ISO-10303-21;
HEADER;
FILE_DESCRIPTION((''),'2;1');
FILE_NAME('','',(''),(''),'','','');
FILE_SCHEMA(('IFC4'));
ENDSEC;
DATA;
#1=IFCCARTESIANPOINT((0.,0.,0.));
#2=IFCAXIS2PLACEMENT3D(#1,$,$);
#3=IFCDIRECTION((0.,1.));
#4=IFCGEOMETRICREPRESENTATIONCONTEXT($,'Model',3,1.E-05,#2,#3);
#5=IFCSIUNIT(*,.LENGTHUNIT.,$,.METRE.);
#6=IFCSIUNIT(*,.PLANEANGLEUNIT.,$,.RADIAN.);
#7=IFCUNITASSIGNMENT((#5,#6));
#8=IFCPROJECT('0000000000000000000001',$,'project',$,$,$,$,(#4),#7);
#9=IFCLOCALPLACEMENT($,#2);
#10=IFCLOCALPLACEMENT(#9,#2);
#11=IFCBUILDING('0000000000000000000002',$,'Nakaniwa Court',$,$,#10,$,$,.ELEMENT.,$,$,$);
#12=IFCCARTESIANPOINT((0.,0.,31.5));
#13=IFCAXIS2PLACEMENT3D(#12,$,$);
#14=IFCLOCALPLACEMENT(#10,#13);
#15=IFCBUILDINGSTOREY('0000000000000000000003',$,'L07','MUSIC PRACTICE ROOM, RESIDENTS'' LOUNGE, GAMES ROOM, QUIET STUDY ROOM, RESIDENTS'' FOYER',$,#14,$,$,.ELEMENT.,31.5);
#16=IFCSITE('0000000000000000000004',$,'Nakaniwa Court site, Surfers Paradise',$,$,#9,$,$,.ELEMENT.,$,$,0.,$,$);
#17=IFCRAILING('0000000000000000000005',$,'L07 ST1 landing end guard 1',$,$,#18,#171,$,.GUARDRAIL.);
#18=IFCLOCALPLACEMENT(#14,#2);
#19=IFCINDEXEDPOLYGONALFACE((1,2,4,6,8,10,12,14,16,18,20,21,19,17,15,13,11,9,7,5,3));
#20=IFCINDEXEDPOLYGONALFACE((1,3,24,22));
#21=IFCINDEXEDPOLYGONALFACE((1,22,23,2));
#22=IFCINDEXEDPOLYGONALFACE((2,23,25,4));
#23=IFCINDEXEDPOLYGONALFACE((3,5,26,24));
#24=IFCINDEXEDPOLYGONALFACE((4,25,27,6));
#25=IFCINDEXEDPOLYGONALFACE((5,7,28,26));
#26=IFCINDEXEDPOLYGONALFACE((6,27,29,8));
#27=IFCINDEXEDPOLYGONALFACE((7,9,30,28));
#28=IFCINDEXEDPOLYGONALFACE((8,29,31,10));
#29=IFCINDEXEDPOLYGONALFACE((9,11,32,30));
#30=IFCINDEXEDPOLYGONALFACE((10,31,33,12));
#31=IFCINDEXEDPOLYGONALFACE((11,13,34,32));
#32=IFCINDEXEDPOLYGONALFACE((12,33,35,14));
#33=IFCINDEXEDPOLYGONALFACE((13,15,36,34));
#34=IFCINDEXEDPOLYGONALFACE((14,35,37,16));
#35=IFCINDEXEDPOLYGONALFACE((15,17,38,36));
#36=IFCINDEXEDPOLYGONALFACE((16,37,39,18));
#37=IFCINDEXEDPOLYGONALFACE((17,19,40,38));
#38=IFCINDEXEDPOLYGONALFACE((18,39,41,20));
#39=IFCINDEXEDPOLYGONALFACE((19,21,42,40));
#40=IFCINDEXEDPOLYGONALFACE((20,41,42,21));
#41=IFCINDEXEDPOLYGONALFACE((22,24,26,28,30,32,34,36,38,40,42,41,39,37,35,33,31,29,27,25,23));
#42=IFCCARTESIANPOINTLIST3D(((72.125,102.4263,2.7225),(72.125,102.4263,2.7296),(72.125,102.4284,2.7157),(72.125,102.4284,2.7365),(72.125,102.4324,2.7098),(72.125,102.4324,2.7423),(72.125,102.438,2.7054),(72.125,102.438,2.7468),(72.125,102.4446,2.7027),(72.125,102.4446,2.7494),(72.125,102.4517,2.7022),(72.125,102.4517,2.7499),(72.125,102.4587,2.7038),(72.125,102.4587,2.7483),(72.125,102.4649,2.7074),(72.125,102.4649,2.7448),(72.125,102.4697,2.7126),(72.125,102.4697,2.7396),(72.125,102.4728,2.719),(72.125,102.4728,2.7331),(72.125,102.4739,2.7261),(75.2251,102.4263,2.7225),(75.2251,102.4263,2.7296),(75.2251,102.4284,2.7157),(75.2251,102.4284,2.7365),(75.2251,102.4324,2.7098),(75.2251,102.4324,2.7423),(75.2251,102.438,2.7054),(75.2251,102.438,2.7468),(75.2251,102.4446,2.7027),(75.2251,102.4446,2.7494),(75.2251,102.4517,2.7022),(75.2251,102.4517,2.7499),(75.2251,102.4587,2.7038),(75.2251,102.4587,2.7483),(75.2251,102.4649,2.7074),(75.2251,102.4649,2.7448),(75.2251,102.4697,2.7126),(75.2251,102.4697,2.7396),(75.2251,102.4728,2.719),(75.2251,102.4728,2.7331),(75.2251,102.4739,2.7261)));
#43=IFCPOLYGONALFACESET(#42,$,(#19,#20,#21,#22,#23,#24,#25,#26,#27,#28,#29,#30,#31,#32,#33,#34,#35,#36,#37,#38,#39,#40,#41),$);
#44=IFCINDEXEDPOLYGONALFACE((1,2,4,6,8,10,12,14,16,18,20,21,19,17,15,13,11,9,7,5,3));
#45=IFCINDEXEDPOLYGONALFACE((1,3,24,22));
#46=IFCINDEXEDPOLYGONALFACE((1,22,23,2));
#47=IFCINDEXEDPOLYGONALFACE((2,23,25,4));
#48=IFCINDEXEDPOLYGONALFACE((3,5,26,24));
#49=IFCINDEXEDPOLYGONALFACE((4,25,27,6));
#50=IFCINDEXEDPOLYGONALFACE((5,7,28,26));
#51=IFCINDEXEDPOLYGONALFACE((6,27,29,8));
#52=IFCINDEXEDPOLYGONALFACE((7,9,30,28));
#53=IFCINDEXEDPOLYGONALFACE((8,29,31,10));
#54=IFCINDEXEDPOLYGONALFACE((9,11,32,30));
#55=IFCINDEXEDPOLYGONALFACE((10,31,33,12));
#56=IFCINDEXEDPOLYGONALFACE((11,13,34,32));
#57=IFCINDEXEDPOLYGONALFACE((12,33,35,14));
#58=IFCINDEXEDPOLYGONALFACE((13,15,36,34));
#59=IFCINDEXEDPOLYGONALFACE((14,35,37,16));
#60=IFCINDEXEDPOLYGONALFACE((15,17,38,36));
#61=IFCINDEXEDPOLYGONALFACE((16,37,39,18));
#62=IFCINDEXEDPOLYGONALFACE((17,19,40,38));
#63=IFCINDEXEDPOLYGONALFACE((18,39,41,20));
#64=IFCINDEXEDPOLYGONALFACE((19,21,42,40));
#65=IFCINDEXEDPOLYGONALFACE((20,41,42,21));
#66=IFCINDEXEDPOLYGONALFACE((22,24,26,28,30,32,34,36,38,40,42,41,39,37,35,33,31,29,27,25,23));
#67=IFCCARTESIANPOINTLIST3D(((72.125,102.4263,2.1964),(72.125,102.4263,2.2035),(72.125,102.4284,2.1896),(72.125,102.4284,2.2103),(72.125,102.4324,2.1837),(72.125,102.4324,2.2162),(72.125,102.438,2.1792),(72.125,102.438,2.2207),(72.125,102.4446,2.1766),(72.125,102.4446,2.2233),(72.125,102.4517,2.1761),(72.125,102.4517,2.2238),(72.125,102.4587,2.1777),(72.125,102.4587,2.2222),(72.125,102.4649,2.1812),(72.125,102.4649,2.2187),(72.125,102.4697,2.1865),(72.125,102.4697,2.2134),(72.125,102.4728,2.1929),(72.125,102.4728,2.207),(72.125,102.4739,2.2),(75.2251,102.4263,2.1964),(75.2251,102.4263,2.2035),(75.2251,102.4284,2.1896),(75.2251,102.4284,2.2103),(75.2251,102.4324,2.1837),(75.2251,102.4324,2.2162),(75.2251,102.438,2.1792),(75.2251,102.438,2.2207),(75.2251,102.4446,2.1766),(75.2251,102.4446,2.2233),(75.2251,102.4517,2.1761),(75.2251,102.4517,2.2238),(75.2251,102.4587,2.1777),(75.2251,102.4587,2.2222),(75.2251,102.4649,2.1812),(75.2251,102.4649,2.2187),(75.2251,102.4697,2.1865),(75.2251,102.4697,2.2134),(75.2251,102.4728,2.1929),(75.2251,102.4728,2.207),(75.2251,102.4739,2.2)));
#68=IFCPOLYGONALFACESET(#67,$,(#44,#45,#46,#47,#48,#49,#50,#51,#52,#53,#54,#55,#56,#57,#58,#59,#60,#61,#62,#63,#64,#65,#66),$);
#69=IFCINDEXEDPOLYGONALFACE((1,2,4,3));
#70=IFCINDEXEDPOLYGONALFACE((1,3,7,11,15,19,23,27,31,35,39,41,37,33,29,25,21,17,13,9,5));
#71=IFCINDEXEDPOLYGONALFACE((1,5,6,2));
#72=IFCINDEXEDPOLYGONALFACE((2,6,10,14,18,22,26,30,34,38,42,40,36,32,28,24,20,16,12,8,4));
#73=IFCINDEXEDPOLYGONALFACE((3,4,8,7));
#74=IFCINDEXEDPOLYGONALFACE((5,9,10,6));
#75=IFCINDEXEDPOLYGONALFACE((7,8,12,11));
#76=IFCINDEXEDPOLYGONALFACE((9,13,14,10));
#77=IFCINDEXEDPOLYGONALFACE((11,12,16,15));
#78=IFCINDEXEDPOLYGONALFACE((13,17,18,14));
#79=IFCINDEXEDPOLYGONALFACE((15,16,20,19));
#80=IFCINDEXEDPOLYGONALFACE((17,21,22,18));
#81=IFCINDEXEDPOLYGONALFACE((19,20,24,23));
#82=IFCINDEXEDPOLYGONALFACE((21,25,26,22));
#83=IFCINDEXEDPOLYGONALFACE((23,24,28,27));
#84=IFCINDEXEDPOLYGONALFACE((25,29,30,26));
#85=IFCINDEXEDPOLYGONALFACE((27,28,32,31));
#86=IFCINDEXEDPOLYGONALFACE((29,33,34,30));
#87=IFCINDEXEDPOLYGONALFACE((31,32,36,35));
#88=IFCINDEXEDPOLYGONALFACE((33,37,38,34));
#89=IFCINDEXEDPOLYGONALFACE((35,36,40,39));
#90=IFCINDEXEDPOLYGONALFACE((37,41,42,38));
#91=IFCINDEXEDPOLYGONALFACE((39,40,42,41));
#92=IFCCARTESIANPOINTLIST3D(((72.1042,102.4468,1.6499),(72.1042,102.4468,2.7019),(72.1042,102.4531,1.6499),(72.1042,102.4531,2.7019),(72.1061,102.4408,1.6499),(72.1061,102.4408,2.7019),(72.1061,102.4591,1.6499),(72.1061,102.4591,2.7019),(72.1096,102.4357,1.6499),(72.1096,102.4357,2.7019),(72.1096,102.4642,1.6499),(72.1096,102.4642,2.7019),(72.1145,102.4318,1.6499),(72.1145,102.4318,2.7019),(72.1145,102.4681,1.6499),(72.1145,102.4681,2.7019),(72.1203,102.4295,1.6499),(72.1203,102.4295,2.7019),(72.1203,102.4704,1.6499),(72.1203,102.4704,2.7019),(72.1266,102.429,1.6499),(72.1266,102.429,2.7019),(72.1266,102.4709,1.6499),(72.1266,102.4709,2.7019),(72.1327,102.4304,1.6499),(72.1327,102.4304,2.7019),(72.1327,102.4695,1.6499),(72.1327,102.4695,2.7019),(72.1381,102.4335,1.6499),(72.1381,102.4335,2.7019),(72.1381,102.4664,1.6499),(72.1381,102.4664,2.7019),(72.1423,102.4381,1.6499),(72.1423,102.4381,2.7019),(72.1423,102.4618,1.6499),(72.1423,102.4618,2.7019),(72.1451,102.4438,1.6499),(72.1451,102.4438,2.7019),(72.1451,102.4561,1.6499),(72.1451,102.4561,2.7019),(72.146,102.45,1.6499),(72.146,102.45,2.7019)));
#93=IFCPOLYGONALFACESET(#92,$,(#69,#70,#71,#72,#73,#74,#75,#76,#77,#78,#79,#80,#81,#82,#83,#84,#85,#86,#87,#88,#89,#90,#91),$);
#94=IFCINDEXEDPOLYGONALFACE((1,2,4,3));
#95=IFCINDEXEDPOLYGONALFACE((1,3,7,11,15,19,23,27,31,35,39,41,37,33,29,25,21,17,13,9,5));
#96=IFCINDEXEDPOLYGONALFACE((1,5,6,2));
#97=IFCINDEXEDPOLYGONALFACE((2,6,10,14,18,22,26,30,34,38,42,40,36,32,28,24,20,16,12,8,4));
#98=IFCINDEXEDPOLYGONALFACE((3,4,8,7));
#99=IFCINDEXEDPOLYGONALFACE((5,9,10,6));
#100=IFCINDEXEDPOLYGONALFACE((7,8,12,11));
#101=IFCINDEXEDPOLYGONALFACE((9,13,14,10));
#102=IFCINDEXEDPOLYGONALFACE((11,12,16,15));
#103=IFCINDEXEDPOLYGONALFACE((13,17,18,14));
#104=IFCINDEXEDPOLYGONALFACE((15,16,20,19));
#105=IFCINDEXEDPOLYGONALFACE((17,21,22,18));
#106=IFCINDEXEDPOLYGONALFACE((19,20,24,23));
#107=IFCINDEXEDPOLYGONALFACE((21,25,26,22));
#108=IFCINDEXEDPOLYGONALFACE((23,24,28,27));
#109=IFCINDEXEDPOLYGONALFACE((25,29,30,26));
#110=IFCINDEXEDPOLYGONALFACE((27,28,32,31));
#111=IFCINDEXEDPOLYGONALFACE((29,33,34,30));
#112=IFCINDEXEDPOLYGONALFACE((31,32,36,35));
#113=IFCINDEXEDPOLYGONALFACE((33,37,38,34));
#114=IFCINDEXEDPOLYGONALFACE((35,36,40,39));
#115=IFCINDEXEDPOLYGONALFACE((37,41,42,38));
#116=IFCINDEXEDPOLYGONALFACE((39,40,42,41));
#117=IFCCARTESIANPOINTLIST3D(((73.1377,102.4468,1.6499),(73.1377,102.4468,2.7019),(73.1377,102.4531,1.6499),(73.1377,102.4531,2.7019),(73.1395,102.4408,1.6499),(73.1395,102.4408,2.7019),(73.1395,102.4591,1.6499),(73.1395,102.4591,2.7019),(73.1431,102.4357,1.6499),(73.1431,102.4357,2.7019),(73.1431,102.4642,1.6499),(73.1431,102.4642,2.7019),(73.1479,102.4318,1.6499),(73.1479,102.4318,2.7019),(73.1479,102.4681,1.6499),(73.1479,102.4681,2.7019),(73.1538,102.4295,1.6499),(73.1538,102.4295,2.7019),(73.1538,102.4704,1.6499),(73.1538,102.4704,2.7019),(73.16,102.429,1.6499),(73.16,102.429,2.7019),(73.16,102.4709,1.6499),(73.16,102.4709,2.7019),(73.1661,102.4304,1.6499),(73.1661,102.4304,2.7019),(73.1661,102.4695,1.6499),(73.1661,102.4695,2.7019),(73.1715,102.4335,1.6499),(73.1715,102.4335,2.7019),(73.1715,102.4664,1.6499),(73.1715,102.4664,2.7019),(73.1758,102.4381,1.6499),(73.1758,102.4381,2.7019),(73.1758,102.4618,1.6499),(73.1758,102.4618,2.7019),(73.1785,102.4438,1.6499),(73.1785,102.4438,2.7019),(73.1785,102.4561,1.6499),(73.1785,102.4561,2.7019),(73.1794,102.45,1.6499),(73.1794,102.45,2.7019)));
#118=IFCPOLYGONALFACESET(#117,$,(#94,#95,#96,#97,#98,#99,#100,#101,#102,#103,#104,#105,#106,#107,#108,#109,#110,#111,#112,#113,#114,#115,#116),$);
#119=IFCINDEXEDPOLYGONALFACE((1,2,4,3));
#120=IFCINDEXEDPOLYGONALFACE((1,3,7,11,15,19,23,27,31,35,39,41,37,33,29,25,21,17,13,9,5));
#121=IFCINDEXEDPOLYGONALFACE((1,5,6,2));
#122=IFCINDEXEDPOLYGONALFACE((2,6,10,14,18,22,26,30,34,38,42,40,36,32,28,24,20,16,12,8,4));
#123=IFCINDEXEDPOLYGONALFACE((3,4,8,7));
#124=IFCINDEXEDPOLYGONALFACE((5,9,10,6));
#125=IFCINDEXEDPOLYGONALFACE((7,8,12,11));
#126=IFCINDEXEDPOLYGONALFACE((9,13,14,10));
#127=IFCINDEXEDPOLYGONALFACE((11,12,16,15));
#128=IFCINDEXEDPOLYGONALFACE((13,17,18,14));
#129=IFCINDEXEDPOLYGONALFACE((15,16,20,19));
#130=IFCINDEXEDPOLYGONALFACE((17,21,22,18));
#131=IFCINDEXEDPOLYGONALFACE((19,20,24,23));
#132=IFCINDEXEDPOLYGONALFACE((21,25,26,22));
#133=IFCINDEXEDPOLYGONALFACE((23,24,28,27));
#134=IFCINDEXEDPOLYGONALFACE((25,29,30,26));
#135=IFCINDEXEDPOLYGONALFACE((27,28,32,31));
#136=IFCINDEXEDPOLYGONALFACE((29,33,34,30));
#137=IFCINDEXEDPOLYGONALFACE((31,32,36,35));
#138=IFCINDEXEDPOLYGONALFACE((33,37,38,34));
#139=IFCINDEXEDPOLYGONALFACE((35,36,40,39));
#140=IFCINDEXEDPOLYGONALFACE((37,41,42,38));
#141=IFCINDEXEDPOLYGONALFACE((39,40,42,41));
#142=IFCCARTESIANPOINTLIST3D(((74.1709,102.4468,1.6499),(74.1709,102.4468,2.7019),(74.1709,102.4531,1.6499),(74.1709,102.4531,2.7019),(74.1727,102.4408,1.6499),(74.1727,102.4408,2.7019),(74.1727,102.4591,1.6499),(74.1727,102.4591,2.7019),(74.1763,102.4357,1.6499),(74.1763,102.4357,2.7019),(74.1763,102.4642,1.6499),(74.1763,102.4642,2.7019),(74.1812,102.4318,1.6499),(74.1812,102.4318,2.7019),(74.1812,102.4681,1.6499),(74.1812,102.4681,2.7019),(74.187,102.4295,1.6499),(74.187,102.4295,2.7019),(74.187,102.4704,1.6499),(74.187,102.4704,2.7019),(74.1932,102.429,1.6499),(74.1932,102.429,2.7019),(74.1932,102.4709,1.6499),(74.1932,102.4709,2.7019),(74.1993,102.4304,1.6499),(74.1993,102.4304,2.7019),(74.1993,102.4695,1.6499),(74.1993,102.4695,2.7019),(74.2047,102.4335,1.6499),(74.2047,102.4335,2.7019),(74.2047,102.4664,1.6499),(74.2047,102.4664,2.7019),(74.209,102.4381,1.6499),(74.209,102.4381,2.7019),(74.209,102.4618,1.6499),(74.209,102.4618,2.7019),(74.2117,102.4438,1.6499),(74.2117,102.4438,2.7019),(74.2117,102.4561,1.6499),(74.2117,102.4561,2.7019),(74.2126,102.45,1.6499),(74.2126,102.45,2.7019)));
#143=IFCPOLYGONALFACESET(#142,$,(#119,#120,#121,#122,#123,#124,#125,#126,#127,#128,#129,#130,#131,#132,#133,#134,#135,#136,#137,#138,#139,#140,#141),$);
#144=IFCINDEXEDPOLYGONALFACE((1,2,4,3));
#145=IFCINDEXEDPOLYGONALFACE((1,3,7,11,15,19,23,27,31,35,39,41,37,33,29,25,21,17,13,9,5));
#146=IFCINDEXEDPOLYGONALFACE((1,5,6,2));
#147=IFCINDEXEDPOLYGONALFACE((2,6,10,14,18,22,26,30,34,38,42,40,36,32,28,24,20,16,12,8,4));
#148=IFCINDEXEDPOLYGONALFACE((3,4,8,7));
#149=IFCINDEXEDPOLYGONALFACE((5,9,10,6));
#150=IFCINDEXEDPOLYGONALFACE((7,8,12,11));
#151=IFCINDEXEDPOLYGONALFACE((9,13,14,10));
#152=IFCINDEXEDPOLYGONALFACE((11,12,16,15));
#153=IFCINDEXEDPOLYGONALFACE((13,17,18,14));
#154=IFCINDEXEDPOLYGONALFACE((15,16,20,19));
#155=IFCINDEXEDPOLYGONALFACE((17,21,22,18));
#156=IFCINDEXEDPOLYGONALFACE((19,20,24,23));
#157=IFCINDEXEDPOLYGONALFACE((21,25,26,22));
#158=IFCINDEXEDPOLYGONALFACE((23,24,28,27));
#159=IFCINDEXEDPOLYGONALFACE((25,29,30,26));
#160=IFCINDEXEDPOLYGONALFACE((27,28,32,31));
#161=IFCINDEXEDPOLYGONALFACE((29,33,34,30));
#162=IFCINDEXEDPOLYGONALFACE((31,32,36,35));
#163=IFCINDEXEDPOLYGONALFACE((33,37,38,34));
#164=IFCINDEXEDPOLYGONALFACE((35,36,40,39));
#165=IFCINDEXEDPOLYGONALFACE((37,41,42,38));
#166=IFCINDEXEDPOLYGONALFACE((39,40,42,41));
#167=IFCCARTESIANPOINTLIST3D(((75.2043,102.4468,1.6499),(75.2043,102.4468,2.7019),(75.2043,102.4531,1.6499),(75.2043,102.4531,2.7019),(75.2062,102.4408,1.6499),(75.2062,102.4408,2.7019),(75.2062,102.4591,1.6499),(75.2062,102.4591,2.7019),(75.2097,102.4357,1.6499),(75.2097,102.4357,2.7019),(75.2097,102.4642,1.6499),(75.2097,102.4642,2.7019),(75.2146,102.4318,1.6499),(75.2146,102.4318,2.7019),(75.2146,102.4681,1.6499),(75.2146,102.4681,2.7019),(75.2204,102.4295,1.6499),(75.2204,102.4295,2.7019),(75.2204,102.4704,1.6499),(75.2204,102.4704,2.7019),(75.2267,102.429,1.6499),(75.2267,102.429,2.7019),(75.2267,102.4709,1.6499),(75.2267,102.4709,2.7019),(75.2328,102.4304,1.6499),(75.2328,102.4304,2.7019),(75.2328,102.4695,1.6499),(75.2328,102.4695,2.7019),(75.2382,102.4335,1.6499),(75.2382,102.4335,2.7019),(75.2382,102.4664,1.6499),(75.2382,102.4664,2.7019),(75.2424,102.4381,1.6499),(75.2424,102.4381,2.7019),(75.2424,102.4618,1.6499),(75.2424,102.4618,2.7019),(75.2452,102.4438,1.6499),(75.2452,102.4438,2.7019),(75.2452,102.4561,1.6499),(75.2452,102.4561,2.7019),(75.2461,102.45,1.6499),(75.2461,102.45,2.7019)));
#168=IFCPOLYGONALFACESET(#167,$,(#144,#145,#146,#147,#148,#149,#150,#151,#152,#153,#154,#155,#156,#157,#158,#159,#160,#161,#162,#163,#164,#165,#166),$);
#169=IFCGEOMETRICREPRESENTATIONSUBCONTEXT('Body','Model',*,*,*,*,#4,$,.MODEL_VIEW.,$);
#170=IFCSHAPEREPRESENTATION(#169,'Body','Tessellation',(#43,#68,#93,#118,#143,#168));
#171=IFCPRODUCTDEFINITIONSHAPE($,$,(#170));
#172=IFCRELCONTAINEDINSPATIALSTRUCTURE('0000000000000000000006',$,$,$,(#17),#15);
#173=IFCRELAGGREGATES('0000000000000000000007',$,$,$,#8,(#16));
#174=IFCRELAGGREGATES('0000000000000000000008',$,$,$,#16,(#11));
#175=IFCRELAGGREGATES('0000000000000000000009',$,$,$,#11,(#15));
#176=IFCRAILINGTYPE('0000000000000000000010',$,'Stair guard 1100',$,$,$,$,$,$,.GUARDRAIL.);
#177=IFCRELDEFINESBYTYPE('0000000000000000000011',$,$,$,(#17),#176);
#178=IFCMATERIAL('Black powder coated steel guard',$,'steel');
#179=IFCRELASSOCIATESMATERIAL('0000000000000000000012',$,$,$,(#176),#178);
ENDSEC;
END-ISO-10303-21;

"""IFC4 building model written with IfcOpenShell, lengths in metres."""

from ifc_helpers import new_model, si_unit, direction, frame, origin, origin_2d, place, context, subcontext, project, spatial, circle, extrude, material, type_object, element, save


model = new_model("IFC4")

# Units and contexts
model_context = context("Model", 3, precision=1e-05, world=origin(), true_north=direction((0.0, 1.0)))
body_context = subcontext(model_context, "Body", "Model", "MODEL_VIEW")
ifc_project = project(units=[si_unit("LENGTHUNIT", "METRE"), si_unit("PLANEANGLEUNIT", "RADIAN")], contexts=[model_context])

# Site, building, storey
site_placement = place(None, origin())
site = spatial("IfcSite", under=ifc_project, at=site_placement, Name="Nakaniwa Court site, Surfers Paradise", CompositionType="ELEMENT", RefElevation=0.0)
building_placement = place(site_placement, origin())
building = spatial("IfcBuilding", under=site, at=building_placement, Name="Nakaniwa Court", CompositionType="ELEMENT")
storey_placement = place(building_placement, frame((0.0, 0.0, 31.5)))
storey = spatial("IfcBuildingStorey", under=building, at=storey_placement, Name="L07", Description="MUSIC PRACTICE ROOM, RESIDENTS' LOUNGE, GAMES ROOM, QUIET STUDY ROOM, RESIDENTS' FOYER", CompositionType="ELEMENT", Elevation=31.5)

# Railing
ifc_material_1 = material(Name="Black powder coated steel guard", Category="steel")
railing_type_1 = type_object("IfcRailingType", Name="Stair guard 1100", PredefinedType="GUARDRAIL", material=ifc_material_1)
railing_1_placement = place(storey_placement, frame((72.125, 102.45, 1.6499)))
element("IfcRailing", 1, at=railing_1_placement, inside=storey, type_object=railing_type_1, Name="L07 ST1 landing end guard 1", PredefinedType="GUARDRAIL", context=body_context, shape_type="SweptSolid", body=[
    extrude(circle(Radius=0.0239, at=origin_2d()), frame((0.0, 0.0, 1.0762), z_axis=(1.0, 0.0, 0.0), x_axis=(0.0, 1.0, 0.0)), (0.0, 0.0, 1.0), 3.1001),
    extrude(circle(Radius=0.0239, at=origin_2d()), frame((0.0, 0.0, 0.55), z_axis=(1.0, 0.0, 0.0), x_axis=(0.0, 1.0, 0.0)), (0.0, 0.0, 1.0), 3.1001),
    extrude(circle(Radius=0.021, at=origin_2d()), origin(), (0.0, 0.0, 1.0), 1.052),
    extrude(circle(Radius=0.021, at=origin_2d()), frame((1.0334, 0.0, 0.0)), (0.0, 0.0, 1.0), 1.052),
    extrude(circle(Radius=0.021, at=origin_2d()), frame((2.0667, 0.0, 0.0)), (0.0, 0.0, 1.0), 1.052),
    extrude(circle(Radius=0.021, at=origin_2d()), frame((3.1001, 0.0, 0.0)), (0.0, 0.0, 1.0), 1.052),
])

save(model, "model.ifc")
